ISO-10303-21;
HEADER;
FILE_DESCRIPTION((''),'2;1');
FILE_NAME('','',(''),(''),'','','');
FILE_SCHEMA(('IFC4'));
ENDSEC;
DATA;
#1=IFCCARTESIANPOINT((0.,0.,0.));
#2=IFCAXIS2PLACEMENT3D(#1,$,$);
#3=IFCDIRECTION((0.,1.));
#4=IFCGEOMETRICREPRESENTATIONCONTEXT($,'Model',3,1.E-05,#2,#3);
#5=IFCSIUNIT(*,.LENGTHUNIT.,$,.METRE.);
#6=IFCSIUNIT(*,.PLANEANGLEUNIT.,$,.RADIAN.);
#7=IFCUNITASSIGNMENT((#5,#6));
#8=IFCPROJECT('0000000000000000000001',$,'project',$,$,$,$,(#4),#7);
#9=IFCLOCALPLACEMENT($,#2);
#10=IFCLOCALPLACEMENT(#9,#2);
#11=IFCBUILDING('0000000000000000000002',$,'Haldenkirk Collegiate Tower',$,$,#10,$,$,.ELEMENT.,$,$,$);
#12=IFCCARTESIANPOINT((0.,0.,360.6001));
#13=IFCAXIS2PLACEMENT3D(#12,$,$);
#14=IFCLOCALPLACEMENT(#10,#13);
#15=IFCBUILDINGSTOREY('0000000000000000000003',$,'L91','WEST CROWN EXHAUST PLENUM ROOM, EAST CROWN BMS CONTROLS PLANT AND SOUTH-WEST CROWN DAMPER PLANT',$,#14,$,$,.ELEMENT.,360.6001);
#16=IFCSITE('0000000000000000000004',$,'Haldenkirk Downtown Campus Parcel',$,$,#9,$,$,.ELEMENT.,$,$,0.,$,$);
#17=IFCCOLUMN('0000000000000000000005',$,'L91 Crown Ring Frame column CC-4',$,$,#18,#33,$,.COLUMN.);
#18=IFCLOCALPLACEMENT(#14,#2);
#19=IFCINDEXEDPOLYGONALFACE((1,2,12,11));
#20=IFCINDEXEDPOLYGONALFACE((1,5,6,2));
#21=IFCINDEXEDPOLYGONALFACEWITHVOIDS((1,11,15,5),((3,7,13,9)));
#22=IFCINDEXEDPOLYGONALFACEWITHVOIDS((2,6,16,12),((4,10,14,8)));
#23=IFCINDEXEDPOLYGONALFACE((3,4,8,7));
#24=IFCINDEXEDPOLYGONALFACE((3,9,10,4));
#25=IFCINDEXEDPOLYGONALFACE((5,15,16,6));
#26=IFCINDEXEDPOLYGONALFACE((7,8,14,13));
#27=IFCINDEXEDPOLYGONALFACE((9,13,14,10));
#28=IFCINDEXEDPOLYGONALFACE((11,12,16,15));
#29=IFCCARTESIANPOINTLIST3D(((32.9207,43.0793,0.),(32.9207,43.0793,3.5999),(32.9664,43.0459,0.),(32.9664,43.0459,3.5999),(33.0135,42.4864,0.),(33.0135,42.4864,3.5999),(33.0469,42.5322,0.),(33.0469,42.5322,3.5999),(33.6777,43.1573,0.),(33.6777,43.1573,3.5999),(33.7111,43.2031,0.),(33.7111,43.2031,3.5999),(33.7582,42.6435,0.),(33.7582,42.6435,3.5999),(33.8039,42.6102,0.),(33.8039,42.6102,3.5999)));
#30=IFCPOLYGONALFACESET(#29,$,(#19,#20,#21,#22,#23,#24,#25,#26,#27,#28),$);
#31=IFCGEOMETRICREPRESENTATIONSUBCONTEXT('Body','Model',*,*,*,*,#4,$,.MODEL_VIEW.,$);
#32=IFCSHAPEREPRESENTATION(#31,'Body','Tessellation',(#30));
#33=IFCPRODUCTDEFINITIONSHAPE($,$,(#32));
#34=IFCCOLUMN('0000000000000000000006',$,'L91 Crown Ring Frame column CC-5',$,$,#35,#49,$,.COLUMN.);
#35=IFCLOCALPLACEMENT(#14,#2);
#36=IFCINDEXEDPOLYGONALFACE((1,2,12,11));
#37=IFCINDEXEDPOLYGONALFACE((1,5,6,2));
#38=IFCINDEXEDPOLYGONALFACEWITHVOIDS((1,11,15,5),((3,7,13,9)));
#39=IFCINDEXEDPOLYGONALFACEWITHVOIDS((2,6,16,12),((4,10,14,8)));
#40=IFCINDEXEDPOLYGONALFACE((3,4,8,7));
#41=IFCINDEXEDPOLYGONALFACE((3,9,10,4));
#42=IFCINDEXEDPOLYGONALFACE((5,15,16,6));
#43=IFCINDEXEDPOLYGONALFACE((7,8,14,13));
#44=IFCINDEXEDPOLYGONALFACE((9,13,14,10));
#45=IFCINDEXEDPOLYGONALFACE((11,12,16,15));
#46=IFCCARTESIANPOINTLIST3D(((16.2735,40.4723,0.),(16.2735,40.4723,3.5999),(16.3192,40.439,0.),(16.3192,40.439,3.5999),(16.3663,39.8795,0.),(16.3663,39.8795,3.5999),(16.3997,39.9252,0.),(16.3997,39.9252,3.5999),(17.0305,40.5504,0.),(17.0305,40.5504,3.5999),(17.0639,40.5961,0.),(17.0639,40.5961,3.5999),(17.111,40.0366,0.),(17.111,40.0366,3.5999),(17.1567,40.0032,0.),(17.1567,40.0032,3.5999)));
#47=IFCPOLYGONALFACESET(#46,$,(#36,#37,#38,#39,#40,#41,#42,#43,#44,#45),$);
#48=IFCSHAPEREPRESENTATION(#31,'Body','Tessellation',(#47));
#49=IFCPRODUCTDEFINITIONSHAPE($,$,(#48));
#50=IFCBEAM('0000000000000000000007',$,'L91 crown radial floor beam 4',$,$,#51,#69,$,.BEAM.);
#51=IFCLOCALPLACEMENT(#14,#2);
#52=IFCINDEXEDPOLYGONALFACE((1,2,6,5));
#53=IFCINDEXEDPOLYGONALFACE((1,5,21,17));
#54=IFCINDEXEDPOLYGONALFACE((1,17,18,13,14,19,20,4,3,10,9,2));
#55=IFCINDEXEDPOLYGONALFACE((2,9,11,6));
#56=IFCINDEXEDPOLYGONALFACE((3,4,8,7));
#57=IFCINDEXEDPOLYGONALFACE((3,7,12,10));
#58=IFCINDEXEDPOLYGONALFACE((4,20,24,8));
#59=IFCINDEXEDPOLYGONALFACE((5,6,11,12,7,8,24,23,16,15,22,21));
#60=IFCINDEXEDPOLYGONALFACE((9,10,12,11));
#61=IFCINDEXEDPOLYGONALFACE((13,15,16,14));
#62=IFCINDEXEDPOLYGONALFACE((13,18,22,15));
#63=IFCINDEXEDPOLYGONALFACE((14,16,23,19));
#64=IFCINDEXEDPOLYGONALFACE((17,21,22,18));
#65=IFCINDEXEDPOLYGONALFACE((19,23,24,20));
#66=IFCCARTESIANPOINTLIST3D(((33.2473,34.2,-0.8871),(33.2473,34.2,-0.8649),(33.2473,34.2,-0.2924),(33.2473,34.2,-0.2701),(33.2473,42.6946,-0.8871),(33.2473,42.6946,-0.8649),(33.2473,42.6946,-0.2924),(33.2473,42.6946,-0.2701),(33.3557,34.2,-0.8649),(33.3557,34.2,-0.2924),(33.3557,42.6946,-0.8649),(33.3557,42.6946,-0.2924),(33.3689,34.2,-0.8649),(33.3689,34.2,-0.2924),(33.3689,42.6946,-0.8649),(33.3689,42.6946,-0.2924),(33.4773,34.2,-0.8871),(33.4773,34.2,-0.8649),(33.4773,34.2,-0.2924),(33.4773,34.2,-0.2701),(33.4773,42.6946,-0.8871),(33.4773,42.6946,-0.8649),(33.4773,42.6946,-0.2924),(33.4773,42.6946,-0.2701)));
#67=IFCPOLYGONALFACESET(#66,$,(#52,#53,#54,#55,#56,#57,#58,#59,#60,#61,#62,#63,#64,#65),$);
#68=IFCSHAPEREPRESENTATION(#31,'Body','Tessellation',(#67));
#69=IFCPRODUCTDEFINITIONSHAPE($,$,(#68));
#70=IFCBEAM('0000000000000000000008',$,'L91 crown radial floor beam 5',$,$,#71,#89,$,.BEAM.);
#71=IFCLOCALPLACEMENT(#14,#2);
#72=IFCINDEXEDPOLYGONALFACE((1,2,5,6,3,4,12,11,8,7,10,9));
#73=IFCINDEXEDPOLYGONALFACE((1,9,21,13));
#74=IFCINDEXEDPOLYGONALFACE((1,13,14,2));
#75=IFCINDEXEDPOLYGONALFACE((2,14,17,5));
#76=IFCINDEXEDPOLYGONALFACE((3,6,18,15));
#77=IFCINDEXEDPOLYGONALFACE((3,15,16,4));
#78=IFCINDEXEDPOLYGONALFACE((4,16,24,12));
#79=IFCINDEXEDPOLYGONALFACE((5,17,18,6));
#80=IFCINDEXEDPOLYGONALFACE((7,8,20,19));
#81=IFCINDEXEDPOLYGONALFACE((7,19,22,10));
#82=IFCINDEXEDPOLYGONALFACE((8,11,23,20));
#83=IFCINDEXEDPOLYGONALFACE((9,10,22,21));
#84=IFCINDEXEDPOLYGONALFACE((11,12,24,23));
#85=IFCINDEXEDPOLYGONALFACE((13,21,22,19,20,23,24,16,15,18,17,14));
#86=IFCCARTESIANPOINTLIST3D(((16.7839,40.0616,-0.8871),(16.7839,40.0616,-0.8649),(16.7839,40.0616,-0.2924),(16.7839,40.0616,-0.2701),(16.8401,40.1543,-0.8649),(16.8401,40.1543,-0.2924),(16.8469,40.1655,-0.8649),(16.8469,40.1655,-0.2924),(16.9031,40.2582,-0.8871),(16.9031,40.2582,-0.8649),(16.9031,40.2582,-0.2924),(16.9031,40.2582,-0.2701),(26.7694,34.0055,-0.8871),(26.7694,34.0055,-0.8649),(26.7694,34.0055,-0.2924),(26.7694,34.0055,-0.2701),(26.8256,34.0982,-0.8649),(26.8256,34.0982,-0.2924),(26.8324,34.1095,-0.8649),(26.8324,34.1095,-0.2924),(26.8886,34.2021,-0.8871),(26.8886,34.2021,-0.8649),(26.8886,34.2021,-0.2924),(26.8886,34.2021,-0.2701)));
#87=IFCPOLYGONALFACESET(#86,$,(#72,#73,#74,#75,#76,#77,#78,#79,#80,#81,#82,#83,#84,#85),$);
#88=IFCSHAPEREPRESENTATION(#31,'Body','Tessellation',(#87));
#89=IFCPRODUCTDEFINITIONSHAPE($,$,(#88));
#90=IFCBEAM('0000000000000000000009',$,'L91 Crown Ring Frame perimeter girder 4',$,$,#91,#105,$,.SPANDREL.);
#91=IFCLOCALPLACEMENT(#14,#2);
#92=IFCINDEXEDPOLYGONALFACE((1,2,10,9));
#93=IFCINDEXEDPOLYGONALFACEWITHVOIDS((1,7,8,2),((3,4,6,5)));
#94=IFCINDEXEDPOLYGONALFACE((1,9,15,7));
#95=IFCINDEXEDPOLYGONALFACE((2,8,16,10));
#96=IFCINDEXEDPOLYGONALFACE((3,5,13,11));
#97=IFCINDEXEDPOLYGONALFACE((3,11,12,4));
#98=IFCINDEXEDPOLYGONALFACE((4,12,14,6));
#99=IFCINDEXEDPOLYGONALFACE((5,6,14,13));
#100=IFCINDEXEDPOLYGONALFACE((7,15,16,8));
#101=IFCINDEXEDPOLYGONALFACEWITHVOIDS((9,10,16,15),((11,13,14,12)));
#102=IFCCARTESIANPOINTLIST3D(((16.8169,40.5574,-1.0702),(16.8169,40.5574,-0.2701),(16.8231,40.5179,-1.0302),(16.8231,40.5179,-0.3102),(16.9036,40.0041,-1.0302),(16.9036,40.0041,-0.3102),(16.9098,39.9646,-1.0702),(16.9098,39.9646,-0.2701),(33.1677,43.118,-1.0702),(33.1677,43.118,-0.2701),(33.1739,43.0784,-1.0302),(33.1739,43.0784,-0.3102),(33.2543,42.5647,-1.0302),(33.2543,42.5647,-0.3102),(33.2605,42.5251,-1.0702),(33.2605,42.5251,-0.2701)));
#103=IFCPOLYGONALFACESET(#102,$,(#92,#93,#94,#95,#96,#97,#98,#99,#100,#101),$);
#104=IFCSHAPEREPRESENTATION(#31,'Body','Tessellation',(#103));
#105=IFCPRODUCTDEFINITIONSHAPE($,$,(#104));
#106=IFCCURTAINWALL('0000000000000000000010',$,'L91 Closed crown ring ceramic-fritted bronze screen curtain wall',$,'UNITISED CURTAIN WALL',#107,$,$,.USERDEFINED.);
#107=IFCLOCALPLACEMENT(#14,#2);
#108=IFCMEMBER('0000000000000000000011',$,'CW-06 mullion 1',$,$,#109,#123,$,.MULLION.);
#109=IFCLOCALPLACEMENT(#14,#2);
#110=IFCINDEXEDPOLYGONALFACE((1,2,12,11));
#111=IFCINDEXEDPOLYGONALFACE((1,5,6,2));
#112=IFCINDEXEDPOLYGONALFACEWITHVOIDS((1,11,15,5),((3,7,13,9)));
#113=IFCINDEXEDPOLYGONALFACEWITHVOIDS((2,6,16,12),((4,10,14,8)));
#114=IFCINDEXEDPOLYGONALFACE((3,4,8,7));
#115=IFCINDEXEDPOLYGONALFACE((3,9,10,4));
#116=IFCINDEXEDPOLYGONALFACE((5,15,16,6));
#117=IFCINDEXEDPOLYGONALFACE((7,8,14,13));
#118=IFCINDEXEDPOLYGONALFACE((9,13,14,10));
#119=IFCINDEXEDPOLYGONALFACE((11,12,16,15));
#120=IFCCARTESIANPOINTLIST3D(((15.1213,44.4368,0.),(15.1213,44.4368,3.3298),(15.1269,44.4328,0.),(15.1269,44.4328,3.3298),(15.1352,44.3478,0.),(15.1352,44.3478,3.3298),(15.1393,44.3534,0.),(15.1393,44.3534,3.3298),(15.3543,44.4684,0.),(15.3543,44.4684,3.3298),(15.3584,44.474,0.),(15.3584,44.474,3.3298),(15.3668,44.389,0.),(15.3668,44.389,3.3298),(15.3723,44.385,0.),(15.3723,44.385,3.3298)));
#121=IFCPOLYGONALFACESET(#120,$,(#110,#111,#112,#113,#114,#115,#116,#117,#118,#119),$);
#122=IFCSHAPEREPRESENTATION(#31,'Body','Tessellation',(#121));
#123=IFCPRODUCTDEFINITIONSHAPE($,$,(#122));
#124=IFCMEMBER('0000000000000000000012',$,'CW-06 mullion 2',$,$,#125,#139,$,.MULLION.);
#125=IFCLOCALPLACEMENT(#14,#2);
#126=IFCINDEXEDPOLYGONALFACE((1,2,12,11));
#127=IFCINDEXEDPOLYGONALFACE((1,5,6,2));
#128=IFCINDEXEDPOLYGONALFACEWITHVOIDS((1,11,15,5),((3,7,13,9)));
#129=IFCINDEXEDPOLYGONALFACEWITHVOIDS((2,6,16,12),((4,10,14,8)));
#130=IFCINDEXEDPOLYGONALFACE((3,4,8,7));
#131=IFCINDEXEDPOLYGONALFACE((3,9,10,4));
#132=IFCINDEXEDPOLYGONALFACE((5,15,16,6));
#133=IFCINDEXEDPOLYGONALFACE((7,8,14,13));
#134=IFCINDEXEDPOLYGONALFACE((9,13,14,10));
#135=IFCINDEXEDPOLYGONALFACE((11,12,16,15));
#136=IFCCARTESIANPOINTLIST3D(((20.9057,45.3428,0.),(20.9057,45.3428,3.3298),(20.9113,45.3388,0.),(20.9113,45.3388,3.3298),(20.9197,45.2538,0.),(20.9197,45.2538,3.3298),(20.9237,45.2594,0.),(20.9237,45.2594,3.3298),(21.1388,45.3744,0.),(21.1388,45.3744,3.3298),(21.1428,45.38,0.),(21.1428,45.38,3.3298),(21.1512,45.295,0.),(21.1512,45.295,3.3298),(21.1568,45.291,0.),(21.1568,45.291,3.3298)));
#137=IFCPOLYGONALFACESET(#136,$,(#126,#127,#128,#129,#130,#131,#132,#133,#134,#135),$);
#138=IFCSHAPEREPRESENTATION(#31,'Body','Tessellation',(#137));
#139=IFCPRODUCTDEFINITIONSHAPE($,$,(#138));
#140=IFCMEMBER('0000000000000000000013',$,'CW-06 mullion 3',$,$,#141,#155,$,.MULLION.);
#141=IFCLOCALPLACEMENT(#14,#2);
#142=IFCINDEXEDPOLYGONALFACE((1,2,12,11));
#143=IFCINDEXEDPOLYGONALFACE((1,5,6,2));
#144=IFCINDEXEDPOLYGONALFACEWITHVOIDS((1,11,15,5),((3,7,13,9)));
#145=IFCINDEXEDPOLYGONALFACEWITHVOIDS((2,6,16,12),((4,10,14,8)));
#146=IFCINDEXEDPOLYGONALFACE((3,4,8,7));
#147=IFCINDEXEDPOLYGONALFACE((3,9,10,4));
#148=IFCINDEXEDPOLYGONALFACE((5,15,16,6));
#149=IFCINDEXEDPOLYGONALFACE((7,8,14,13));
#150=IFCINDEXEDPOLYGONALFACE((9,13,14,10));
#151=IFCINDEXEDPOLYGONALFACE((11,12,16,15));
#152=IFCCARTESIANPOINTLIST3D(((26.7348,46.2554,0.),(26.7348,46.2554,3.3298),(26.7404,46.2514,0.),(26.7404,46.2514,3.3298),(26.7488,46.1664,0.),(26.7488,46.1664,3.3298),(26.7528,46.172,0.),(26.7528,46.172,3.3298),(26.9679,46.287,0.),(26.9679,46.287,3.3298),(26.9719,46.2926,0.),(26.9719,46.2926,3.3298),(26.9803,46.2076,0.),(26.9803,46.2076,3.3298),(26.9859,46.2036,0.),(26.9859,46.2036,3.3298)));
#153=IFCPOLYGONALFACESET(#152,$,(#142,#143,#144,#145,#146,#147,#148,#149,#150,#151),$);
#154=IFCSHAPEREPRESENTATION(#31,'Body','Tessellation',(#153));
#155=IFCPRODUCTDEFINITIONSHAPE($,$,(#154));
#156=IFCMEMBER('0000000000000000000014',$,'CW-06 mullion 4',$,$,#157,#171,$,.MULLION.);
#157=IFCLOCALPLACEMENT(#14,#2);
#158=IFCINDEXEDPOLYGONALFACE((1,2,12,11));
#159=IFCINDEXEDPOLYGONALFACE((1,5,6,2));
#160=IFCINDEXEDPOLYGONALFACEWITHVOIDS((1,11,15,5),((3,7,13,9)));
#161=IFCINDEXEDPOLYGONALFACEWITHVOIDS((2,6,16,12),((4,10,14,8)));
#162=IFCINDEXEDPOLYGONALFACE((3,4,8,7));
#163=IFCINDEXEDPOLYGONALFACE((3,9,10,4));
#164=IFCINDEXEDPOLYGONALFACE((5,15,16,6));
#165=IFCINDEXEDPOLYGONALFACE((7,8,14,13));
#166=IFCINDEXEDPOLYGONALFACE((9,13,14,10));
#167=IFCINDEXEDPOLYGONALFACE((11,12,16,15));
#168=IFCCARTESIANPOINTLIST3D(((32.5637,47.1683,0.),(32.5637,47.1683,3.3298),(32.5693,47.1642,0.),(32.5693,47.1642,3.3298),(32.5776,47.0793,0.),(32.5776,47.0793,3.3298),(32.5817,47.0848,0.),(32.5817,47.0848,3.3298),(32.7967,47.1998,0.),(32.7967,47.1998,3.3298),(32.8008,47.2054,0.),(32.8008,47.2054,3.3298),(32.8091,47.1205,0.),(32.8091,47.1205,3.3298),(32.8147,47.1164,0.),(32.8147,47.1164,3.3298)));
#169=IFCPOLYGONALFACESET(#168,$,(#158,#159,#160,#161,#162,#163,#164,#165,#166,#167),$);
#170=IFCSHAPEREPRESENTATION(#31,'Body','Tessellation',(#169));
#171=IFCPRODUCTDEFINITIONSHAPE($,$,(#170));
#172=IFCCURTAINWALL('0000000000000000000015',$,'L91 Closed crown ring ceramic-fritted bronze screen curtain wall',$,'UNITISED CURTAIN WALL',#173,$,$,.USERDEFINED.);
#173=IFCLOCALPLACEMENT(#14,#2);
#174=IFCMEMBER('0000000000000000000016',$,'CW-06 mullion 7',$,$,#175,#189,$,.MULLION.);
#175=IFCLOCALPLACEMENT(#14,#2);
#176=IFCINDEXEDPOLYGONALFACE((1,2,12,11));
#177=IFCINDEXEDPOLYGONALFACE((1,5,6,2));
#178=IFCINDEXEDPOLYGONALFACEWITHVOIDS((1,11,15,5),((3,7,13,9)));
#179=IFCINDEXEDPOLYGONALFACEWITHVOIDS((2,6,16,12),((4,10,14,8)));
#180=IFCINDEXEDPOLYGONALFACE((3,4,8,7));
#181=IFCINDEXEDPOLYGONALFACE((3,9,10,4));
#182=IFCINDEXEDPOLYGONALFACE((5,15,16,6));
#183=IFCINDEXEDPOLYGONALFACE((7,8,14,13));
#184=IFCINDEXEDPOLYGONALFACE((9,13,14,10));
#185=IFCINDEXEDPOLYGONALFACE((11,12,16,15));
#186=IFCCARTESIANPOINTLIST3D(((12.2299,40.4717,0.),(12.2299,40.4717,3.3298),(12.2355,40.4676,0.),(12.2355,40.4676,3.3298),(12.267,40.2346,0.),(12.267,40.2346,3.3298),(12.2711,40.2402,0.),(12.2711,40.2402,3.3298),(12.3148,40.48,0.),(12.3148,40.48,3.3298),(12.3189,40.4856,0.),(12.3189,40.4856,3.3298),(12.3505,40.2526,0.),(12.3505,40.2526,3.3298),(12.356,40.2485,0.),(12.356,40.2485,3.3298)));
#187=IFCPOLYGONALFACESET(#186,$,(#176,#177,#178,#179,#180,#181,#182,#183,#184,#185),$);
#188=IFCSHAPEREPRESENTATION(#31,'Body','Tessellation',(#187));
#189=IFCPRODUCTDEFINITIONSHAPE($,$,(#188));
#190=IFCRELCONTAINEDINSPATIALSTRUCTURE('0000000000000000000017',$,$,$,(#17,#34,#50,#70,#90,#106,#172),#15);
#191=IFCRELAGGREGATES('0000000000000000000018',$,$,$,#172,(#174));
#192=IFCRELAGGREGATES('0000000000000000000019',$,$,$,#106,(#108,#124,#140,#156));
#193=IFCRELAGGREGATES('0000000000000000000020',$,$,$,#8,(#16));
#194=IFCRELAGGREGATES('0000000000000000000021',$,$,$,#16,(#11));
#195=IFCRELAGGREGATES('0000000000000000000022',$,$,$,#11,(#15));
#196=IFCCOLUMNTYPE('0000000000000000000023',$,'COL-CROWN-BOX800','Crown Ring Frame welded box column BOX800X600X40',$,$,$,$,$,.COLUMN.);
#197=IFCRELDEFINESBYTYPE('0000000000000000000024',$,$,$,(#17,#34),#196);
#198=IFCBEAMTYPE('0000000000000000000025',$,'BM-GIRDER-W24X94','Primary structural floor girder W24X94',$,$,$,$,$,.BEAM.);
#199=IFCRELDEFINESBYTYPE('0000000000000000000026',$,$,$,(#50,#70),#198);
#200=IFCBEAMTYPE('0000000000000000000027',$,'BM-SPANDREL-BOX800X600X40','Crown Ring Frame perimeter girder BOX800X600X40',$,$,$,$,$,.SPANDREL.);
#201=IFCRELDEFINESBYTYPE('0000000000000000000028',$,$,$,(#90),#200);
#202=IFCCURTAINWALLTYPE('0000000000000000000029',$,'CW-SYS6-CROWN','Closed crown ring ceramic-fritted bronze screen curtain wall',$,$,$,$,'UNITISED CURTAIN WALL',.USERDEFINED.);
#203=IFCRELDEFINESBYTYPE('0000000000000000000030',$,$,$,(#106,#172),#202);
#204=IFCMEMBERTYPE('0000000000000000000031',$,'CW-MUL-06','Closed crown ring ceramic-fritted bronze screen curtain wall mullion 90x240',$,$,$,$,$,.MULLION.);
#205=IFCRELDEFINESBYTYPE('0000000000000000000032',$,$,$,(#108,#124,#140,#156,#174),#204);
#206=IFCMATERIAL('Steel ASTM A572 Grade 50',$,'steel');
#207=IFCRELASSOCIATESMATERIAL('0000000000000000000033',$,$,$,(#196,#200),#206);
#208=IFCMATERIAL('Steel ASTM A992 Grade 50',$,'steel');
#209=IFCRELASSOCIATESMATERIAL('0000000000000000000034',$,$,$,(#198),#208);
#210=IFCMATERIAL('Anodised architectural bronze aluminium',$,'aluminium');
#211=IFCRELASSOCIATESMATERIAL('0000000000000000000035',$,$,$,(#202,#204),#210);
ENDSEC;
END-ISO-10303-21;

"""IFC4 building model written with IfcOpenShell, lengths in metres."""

from ifc_helpers import new_model, si_unit, direction, frame, origin, origin_2d, place, context, subcontext, project, spatial, hollow_rectangle, i_section, extrude, material, material_profile, profile_set, type_object, element, aggregate, save


model = new_model("IFC4")

# Units and contexts
model_context = context("Model", 3, precision=1e-05, world=origin(), true_north=direction((0.0, 1.0)))
body_context = subcontext(model_context, "Body", "Model", "MODEL_VIEW")
ifc_project = project(units=[si_unit("LENGTHUNIT", "METRE"), si_unit("PLANEANGLEUNIT", "RADIAN")], contexts=[model_context])

# Site, building, storey
site_placement = place(None, origin())
site = spatial("IfcSite", under=ifc_project, at=site_placement, Name="Haldenkirk Downtown Campus Parcel", CompositionType="ELEMENT", RefElevation=0.0)
building_placement = place(site_placement, origin())
building = spatial("IfcBuilding", under=site, at=building_placement, Name="Haldenkirk Collegiate Tower", CompositionType="ELEMENT")
storey_placement = place(building_placement, frame((0.0, 0.0, 360.6001)))
storey = spatial("IfcBuildingStorey", under=building, at=storey_placement, Name="L91", Description="WEST CROWN EXHAUST PLENUM ROOM, EAST CROWN BMS CONTROLS PLANT AND SOUTH-WEST CROWN DAMPER PLANT", CompositionType="ELEMENT", Elevation=360.6001)

# Columns
ifc_material_1 = material(Name="Steel ASTM A572 Grade 50", Category="steel")
ifc_material_profile_1 = material_profile(ifc_material_1, hollow_rectangle(XDim=0.6001, YDim=0.8, WallThickness=0.04, at=origin_2d()), Name="BOX800X600X40")
ifc_profile_set_1 = profile_set([ifc_material_profile_1], Name="Steel ASTM A572 Grade 50")
column_type = type_object("IfcColumnType", Name="COL-CROWN-BOX800", Description="Crown Ring Frame welded box column BOX800X600X40", PredefinedType="COLUMN", material=ifc_profile_set_1)
for number, where, z_axis, x_axis, name in (
    (1, (33.3623, 42.8447, 0.0), (0.0, 0.0, 1.0), (-0.15471, 0.98796, 0.0), "L91 Crown Ring Frame column CC-4"),
    (2, (16.7151, 40.2378, 0.0), (0.0, 0.0, 1.0), (-0.15471, 0.98796, 0.0), "L91 Crown Ring Frame column CC-5"),
):
    element("IfcColumn", number, at=place(storey_placement, frame(where, z_axis=z_axis, x_axis=x_axis)), inside=storey, type_object=column_type, Name=name, PredefinedType="COLUMN", context=body_context, shape_type="SweptSolid", body=[
        extrude(hollow_rectangle(XDim=0.6001, YDim=0.8, WallThickness=0.04, at=origin_2d()), origin(), (0.0, 0.0, 1.0), 3.5999),
    ])

# Beams
ifc_material_2 = material(Name="Steel ASTM A992 Grade 50", Category="steel")
ifc_material_profile_2 = material_profile(ifc_material_2, i_section(OverallWidth=0.23, OverallDepth=0.6169, WebThickness=0.0132, FlangeThickness=0.0222, at=origin_2d()), Name="W24X94")
ifc_profile_set_2 = profile_set([ifc_material_profile_2], Name="Steel ASTM A992 Grade 50")
beam_type_1 = type_object("IfcBeamType", Name="BM-GIRDER-W24X94", Description="Primary structural floor girder W24X94", PredefinedType="BEAM", material=ifc_profile_set_2)
beam_1_placement = place(storey_placement, frame((33.3623, 42.6946, -0.5786), z_axis=(0.0, -1.0, 0.0), x_axis=(1.0, 0.0, 0.0)))
element("IfcBeam", 3, at=beam_1_placement, inside=storey, type_object=beam_type_1, Name="L91 crown radial floor beam 4", PredefinedType="BEAM", context=body_context, shape_type="SweptSolid", body=[
    extrude(i_section(OverallWidth=0.23, OverallDepth=0.6169, WebThickness=0.0132, FlangeThickness=0.0222, at=origin_2d()), origin(), (0.0, 0.0, 1.0), 8.4946),
])
beam_2_placement = place(storey_placement, frame((16.8435, 40.1599, -0.5786), z_axis=(0.855035, -0.518569, 0.0), x_axis=(0.518569, 0.855035, 0.0)))
element("IfcBeam", 4, at=beam_2_placement, inside=storey, type_object=beam_type_1, Name="L91 crown radial floor beam 5", PredefinedType="BEAM", context=body_context, shape_type="SweptSolid", body=[
    extrude(i_section(OverallWidth=0.23, OverallDepth=0.6169, WebThickness=0.0132, FlangeThickness=0.0222, at=origin_2d()), origin(), (0.0, 0.0, 1.0), 11.6785),
])
ifc_material_profile_3 = material_profile(ifc_material_1, hollow_rectangle(XDim=0.6001, YDim=0.8, WallThickness=0.04, at=origin_2d()), Name="BOX800X600X40")
ifc_profile_set_3 = profile_set([ifc_material_profile_3], Name="Steel ASTM A572 Grade 50")
beam_type_2 = type_object("IfcBeamType", Name="BM-SPANDREL-BOX800X600X40", Description="Crown Ring Frame perimeter girder BOX800X600X40", PredefinedType="SPANDREL", material=ifc_profile_set_3)
beam_3_placement = place(storey_placement, frame((33.2141, 42.8215, -0.6702), z_axis=(-0.987959, -0.154715, 0.0), x_axis=(0.154715, -0.987959, 0.0)))
element("IfcBeam", 5, at=beam_3_placement, inside=storey, type_object=beam_type_2, Name="L91 Crown Ring Frame perimeter girder 4", PredefinedType="SPANDREL", context=body_context, shape_type="SweptSolid", body=[
    extrude(hollow_rectangle(XDim=0.6001, YDim=0.8, WallThickness=0.04, at=origin_2d()), origin(), (0.0, 0.0, 1.0), 16.55),
])

# Curtain wall, members
ifc_material_3 = material(Name="Anodised architectural bronze aluminium", Category="aluminium")
curtain_wall_type = type_object("IfcCurtainWallType", Name="CW-SYS6-CROWN", Description="Closed crown ring ceramic-fritted bronze screen curtain wall", ElementType="UNITISED CURTAIN WALL", PredefinedType="USERDEFINED", material=ifc_material_3)
curtain_wall_1_placement = place(storey_placement, origin())
curtain_wall_1 = element("IfcCurtainWall", 6, at=curtain_wall_1_placement, inside=storey, type_object=curtain_wall_type, Name="L91 Closed crown ring ceramic-fritted bronze screen curtain wall", ObjectType="UNITISED CURTAIN WALL", PredefinedType="USERDEFINED")
ifc_material_profile_4 = material_profile(ifc_material_3, hollow_rectangle(XDim=0.0901, YDim=0.24, WallThickness=0.0049, at=origin_2d()), Name="CW-MUL-06")
ifc_profile_set_4 = profile_set([ifc_material_profile_4], Name="Anodised architectural bronze aluminium")
member_type_1 = type_object("IfcMemberType", Name="CW-MUL-06", Description="Closed crown ring ceramic-fritted bronze screen curtain wall mullion 90x240", PredefinedType="MULLION", material=ifc_profile_set_4)
member_1_placement = place(storey_placement, frame((15.2468, 44.4109, 0.0), z_axis=(0.0, 0.0, 1.0), x_axis=(-0.154709, 0.98796, 0.0)))
member_1 = element("IfcMember", 7, at=member_1_placement, type_object=member_type_1, Name="CW-06 mullion 1", PredefinedType="MULLION", context=body_context, shape_type="SweptSolid", body=[
    extrude(hollow_rectangle(XDim=0.0901, YDim=0.24, WallThickness=0.0049, at=origin_2d()), origin(), (0.0, 0.0, 1.0), 3.3298),
])
member_2_placement = place(storey_placement, frame((21.0312, 45.3169, 0.0), z_axis=(0.0, 0.0, 1.0), x_axis=(-0.154709, 0.98796, 0.0)))
member_2 = element("IfcMember", 8, at=member_2_placement, type_object=member_type_1, Name="CW-06 mullion 2", PredefinedType="MULLION", context=body_context, shape_type="SweptSolid", body=[
    extrude(hollow_rectangle(XDim=0.0901, YDim=0.24, WallThickness=0.0049, at=origin_2d()), origin(), (0.0, 0.0, 1.0), 3.3298),
])
member_3_placement = place(storey_placement, frame((26.8604, 46.2295, 0.0), z_axis=(0.0, 0.0, 1.0), x_axis=(-0.154709, 0.98796, 0.0)))
member_3 = element("IfcMember", 9, at=member_3_placement, type_object=member_type_1, Name="CW-06 mullion 3", PredefinedType="MULLION", context=body_context, shape_type="SweptSolid", body=[
    extrude(hollow_rectangle(XDim=0.0901, YDim=0.24, WallThickness=0.0049, at=origin_2d()), origin(), (0.0, 0.0, 1.0), 3.3298),
])
member_4_placement = place(storey_placement, frame((32.6892, 47.1423, 0.0), z_axis=(0.0, 0.0, 1.0), x_axis=(-0.154709, 0.98796, 0.0)))
member_4 = element("IfcMember", 10, at=member_4_placement, type_object=member_type_1, Name="CW-06 mullion 4", PredefinedType="MULLION", context=body_context, shape_type="SweptSolid", body=[
    extrude(hollow_rectangle(XDim=0.0901, YDim=0.24, WallThickness=0.0049, at=origin_2d()), origin(), (0.0, 0.0, 1.0), 3.3298),
])

# Curtain wall, member
curtain_wall_2_placement = place(storey_placement, origin())
curtain_wall_2 = element("IfcCurtainWall", 11, at=curtain_wall_2_placement, inside=storey, type_object=curtain_wall_type, Name="L91 Closed crown ring ceramic-fritted bronze screen curtain wall", ObjectType="UNITISED CURTAIN WALL", PredefinedType="USERDEFINED")
member_5_placement = place(storey_placement, frame((12.293, 40.3601, 0.0), z_axis=(0.0, 0.0, 1.0), x_axis=(-0.98796, -0.154713, 0.0)))
member_5 = element("IfcMember", 12, at=member_5_placement, type_object=member_type_1, Name="CW-06 mullion 7", PredefinedType="MULLION", context=body_context, shape_type="SweptSolid", body=[
    extrude(hollow_rectangle(XDim=0.0901, YDim=0.24, WallThickness=0.0049, at=origin_2d()), origin(), (0.0, 0.0, 1.0), 3.3298),
])
aggregate(curtain_wall_2, [member_5])

aggregate(curtain_wall_1, [member_1, member_2, member_3, member_4])

save(model, "model.ifc")
